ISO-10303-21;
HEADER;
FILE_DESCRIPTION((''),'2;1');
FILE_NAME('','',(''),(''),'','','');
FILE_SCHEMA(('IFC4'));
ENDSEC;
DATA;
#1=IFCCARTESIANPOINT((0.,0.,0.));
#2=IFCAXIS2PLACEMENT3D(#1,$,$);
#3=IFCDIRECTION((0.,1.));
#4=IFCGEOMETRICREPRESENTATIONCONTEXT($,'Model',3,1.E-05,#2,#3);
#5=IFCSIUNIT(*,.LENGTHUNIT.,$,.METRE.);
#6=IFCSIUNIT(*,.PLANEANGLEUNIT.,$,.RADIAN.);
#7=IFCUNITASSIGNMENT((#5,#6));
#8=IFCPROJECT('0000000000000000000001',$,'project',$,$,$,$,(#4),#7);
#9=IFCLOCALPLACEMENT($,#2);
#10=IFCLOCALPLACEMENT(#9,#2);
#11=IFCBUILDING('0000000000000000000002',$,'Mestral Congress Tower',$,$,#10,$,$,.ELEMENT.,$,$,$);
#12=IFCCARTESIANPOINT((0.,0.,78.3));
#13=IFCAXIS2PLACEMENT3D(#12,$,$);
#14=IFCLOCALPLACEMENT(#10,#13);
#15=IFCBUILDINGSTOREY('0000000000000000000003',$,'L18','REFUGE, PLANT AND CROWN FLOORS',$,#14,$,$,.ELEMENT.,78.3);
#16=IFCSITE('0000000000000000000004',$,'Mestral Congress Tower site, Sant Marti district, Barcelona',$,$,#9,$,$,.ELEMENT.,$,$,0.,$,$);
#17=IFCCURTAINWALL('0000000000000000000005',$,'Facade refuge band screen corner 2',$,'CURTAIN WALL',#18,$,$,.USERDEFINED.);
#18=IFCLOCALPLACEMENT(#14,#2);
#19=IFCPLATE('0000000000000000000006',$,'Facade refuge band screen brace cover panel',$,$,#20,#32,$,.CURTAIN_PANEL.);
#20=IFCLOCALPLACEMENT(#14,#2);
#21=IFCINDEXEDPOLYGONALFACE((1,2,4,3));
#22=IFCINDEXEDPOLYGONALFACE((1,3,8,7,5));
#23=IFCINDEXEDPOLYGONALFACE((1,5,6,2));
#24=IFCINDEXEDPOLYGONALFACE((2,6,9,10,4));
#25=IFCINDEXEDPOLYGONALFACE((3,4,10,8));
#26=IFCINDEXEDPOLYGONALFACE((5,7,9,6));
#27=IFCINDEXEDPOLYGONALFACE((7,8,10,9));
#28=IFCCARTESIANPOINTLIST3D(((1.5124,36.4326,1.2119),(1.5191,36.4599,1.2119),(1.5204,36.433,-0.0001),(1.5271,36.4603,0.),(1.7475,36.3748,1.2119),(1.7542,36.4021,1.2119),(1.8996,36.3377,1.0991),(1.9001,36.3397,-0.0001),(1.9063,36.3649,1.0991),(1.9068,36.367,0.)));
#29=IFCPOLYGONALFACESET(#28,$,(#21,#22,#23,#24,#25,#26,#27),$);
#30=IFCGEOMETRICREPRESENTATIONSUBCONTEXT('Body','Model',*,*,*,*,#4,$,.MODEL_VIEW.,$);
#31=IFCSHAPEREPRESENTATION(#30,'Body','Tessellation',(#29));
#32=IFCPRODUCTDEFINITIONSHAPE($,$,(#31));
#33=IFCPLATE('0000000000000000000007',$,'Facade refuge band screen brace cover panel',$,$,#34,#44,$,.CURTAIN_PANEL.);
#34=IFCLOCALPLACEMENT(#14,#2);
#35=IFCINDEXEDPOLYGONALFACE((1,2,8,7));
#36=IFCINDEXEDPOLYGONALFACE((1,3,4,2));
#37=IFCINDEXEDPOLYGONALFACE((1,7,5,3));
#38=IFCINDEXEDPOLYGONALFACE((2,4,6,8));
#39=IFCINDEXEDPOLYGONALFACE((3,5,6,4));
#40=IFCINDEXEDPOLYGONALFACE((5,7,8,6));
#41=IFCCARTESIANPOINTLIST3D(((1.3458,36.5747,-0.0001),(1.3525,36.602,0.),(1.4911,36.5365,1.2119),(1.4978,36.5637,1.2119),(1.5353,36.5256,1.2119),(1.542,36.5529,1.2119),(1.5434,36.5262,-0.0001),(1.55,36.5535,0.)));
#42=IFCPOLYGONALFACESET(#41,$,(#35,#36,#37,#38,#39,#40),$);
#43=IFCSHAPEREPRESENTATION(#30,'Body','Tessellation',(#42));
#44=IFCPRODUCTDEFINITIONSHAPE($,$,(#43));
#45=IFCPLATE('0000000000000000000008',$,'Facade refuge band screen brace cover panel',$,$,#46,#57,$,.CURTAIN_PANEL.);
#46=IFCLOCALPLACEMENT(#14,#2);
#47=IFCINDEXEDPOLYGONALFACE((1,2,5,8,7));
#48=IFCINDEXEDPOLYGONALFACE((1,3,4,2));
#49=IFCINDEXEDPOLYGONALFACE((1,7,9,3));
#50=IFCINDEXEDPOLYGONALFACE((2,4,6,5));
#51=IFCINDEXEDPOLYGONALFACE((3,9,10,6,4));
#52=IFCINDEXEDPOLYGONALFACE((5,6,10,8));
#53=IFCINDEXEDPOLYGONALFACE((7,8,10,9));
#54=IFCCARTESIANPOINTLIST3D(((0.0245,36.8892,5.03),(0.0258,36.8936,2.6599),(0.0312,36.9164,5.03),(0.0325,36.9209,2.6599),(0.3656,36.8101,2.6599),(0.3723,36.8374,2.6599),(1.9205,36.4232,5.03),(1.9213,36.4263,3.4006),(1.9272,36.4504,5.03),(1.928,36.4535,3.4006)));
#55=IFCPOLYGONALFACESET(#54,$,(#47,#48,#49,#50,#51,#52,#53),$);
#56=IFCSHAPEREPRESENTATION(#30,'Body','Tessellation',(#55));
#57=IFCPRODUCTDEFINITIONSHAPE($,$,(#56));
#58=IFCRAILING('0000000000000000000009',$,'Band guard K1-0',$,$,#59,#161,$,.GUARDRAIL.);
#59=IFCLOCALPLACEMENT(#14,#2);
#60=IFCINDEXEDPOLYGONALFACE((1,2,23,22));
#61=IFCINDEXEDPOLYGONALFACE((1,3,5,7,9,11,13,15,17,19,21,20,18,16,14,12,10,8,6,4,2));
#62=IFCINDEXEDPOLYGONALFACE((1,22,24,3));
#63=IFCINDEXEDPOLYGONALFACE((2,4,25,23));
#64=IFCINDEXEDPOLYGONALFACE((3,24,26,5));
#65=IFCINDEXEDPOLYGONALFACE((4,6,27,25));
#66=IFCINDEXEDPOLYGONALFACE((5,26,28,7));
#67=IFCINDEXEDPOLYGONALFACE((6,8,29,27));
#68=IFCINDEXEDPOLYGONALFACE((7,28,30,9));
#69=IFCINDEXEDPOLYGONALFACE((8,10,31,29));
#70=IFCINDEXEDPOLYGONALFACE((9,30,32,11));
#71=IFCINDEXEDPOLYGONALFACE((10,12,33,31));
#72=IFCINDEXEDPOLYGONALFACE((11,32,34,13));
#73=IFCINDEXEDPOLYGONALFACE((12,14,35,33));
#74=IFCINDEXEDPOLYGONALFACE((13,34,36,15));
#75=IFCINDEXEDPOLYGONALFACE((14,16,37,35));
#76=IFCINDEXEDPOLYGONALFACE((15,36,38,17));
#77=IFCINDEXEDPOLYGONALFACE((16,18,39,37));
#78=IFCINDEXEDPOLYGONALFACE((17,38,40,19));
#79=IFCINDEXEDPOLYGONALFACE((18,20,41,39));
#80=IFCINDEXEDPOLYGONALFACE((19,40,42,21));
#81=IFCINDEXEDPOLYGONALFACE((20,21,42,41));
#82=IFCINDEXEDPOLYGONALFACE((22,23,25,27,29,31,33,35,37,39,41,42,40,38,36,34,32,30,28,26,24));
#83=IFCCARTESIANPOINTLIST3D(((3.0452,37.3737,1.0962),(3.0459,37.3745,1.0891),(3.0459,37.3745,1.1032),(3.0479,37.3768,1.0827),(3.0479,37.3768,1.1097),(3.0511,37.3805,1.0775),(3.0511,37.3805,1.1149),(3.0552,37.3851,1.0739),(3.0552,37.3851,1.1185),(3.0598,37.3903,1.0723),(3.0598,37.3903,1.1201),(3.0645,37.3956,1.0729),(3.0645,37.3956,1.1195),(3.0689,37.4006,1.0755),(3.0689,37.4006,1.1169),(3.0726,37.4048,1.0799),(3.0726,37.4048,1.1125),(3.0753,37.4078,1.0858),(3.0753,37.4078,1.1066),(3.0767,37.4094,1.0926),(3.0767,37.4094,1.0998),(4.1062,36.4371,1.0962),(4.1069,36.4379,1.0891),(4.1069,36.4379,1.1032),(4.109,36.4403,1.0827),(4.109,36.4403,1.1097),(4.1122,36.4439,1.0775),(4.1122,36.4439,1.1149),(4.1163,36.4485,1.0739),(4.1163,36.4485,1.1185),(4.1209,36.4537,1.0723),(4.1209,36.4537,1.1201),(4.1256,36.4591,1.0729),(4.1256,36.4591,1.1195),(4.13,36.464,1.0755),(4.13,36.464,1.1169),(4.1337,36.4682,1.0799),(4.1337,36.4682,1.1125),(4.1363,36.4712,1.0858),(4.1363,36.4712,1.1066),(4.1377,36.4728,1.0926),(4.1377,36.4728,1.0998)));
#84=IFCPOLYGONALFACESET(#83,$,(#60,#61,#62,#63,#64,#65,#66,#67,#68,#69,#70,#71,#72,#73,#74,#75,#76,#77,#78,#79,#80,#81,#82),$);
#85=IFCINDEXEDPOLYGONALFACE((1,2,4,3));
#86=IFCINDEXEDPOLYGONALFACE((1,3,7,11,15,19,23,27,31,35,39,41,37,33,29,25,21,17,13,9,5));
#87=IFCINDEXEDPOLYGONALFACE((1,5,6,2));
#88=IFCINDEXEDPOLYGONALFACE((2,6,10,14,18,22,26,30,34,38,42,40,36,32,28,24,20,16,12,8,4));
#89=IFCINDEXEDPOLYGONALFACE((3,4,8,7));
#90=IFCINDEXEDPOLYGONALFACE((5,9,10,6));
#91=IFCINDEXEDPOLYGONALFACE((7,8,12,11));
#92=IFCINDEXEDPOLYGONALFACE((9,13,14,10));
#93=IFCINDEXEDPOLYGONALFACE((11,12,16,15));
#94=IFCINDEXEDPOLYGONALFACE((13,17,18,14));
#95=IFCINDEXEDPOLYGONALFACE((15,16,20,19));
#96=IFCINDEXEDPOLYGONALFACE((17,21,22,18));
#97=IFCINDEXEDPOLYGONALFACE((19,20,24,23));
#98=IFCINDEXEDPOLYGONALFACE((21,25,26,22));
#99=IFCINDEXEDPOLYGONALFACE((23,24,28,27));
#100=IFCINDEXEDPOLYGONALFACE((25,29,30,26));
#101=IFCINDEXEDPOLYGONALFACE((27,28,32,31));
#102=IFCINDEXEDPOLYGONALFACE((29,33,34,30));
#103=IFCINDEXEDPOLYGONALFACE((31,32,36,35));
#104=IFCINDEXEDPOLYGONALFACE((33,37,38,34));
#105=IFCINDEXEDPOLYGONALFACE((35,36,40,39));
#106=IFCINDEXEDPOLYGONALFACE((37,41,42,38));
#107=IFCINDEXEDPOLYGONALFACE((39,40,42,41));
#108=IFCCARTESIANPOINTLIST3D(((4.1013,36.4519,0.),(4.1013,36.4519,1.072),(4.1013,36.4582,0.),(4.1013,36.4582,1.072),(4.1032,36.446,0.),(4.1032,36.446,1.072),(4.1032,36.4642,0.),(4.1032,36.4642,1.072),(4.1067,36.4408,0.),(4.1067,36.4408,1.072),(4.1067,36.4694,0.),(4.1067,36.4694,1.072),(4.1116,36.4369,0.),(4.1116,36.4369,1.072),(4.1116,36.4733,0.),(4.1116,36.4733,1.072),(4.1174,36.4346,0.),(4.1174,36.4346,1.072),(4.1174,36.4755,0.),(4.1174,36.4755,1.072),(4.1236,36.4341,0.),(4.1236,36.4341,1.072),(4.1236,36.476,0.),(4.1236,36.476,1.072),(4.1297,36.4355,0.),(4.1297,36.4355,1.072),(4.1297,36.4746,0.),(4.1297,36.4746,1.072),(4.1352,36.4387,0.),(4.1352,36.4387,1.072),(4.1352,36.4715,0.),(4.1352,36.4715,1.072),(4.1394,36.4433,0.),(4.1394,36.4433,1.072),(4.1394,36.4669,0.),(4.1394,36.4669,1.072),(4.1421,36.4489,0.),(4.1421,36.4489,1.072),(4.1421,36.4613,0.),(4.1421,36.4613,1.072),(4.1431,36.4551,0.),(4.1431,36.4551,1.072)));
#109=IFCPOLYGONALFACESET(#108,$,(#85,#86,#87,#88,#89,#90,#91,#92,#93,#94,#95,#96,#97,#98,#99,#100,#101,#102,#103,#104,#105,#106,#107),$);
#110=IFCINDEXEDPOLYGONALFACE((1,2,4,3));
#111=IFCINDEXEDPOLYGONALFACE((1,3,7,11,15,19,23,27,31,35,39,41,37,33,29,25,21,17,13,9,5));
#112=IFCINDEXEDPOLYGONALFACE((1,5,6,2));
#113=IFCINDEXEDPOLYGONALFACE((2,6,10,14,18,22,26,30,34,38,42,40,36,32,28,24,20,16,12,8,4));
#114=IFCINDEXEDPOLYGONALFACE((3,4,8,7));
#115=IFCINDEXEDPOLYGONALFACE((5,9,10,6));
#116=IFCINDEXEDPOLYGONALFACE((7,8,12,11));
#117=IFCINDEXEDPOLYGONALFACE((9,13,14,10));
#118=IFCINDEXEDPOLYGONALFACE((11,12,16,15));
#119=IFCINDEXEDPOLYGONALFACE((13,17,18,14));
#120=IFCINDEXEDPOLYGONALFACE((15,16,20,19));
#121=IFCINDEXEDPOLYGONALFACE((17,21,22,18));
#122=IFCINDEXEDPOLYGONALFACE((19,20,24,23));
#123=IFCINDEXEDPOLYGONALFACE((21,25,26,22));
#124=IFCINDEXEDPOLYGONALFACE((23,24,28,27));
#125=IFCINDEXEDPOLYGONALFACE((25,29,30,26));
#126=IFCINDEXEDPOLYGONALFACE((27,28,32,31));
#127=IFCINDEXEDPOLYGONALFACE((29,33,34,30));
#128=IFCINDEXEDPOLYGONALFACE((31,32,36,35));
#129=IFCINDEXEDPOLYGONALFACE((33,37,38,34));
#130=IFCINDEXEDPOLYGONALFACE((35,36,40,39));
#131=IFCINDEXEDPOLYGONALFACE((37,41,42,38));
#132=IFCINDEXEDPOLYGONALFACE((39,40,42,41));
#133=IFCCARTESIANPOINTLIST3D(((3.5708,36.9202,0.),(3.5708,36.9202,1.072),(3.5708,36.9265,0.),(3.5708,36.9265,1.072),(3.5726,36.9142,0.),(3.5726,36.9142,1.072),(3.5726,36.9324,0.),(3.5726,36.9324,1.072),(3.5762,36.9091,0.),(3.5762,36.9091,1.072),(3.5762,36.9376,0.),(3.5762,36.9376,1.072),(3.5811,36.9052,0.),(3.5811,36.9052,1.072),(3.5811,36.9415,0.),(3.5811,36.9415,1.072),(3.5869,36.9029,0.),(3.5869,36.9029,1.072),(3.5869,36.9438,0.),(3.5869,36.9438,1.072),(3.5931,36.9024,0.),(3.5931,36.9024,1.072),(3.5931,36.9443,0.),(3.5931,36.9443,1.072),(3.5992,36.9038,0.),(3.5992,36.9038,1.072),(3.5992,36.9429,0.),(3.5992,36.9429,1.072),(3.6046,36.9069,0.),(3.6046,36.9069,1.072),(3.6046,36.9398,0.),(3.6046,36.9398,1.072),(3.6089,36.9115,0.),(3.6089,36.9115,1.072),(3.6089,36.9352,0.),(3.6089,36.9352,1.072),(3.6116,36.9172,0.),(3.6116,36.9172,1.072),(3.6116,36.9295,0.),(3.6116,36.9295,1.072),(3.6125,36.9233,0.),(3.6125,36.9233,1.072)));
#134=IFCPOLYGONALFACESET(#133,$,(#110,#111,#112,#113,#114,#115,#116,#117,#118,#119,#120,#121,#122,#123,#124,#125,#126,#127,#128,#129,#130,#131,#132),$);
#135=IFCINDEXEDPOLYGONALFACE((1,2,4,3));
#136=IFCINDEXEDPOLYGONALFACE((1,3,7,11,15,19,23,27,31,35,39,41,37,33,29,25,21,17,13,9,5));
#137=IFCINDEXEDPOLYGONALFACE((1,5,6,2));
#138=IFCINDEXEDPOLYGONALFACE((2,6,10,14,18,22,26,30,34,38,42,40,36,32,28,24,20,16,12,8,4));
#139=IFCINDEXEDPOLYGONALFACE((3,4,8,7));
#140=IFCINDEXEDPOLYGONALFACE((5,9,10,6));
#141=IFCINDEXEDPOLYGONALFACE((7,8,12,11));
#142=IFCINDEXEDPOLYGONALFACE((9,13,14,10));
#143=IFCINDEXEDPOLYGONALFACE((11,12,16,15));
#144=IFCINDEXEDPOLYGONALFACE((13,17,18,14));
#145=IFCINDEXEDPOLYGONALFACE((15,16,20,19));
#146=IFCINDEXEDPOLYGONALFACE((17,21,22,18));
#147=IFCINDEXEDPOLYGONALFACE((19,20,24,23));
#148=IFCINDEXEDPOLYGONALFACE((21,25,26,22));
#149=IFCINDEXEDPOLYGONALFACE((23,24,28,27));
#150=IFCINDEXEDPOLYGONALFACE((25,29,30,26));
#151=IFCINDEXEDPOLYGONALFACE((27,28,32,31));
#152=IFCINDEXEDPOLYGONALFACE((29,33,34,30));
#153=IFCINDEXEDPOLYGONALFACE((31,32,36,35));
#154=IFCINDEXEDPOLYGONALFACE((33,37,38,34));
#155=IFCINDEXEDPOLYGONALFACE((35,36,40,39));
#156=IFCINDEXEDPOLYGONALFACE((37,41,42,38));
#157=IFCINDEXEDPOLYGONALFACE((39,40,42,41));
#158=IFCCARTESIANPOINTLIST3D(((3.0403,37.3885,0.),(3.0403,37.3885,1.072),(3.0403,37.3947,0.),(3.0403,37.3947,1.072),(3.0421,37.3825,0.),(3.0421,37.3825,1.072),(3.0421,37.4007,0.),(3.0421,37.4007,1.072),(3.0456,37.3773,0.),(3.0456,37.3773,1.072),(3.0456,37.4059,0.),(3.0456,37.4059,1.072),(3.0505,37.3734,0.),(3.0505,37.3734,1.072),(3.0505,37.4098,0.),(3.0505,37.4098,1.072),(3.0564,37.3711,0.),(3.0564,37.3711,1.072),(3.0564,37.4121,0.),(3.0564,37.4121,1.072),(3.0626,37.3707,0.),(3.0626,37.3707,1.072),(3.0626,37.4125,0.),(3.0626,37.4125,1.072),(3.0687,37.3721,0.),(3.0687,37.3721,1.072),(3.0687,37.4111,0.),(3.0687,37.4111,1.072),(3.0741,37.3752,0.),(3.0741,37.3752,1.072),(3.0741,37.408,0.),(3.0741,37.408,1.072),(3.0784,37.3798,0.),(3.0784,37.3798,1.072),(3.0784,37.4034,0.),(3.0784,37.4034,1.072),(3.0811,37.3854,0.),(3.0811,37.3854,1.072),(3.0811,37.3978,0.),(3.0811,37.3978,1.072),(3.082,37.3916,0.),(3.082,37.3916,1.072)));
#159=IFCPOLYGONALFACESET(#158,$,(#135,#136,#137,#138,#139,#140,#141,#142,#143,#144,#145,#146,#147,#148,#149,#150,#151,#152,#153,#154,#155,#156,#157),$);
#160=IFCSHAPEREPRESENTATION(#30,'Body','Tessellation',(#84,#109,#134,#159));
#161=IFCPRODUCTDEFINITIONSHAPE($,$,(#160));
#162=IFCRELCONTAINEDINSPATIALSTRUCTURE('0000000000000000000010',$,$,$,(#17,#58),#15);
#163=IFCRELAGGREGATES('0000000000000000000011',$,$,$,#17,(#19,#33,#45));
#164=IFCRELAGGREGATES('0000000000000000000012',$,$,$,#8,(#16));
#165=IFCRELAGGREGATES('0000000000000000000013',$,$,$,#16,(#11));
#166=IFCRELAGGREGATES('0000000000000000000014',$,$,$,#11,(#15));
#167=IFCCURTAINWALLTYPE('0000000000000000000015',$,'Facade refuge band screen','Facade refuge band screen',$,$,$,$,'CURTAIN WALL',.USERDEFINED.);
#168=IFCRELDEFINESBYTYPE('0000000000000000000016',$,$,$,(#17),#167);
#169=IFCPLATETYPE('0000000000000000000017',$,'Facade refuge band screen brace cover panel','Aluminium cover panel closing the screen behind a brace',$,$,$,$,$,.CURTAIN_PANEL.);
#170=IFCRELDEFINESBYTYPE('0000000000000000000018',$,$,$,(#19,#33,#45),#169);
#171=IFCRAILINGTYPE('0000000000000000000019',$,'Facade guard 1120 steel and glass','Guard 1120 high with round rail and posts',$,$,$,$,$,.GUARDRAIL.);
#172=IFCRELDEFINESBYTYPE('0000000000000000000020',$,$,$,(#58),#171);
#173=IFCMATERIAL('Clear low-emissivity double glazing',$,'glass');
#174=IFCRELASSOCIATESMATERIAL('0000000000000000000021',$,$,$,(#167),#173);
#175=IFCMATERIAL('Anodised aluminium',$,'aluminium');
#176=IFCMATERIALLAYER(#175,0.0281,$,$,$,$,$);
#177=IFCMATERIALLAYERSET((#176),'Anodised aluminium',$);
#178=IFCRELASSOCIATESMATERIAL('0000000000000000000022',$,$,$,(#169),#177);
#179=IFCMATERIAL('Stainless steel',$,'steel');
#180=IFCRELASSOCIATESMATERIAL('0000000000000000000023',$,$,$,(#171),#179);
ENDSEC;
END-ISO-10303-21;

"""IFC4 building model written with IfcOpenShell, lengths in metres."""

from ifc_helpers import new_model, si_unit, direction, frame, origin, origin_2d, place, context, subcontext, project, spatial, polyline, circle, outline, extrude, material, layer, layer_set, type_object, element, aggregate, save


model = new_model("IFC4")

# Units and contexts
model_context = context("Model", 3, precision=1e-05, world=origin(), true_north=direction((0.0, 1.0)))
body_context = subcontext(model_context, "Body", "Model", "MODEL_VIEW")
ifc_project = project(units=[si_unit("LENGTHUNIT", "METRE"), si_unit("PLANEANGLEUNIT", "RADIAN")], contexts=[model_context])

# Site, building, storey
site_placement = place(None, origin())
site = spatial("IfcSite", under=ifc_project, at=site_placement, Name="Mestral Congress Tower site, Sant Marti district, Barcelona", CompositionType="ELEMENT", RefElevation=0.0)
building_placement = place(site_placement, origin())
building = spatial("IfcBuilding", under=site, at=building_placement, Name="Mestral Congress Tower", CompositionType="ELEMENT")
storey_placement = place(building_placement, frame((0.0, 0.0, 78.3)))
storey = spatial("IfcBuildingStorey", under=building, at=storey_placement, Name="L18", Description="REFUGE, PLANT AND CROWN FLOORS", CompositionType="ELEMENT", Elevation=78.3)

# Curtain wall
ifc_material_1 = material(Name="Clear low-emissivity double glazing", Category="glass")
curtain_wall_type = type_object("IfcCurtainWallType", Name="Facade refuge band screen", Description="Facade refuge band screen", ElementType="CURTAIN WALL", PredefinedType="USERDEFINED", material=ifc_material_1)
placement = place(storey_placement, origin())
curtain_wall_1 = element("IfcCurtainWall", 1, at=placement, inside=storey, type_object=curtain_wall_type, Name="Facade refuge band screen corner 2", ObjectType="CURTAIN WALL", PredefinedType="USERDEFINED")
ifc_material_2 = material(Name="Anodised aluminium", Category="aluminium")

# Shared definitions
ifc_layer_1 = layer(ifc_material_2, 0.0281)
ifc_layer_set_1 = layer_set([ifc_layer_1], Name="Anodised aluminium")
plate_type_1 = type_object("IfcPlateType", Name="Facade refuge band screen brace cover panel", Description="Aluminium cover panel closing the screen behind a brace", PredefinedType="CURTAIN_PANEL", material=ifc_layer_set_1)

# Plates
plate_1_placement = place(storey_placement, frame((1.7542, 36.4021, 1.2119), z_axis=(0.238646, 0.971105, 0.001933), x_axis=(-0.971106, 0.238647, 0.000001)))
plate_1 = element("IfcPlate", 2, at=plate_1_placement, type_object=plate_type_1, Name="Facade refuge band screen brace cover panel", PredefinedType="CURTAIN_PANEL", context=body_context, shape_type="SweptSolid", body=[
    extrude(outline(polyline([(0.0, 0.0), (0.2421, 0.0), (0.2344, -1.2119), (-0.1566, -1.2119), (-0.1566, -0.1128), (0.0, 0.0)])), origin(), (0.0, 0.0, -1.0), 0.0281),
])
plate_2_placement = place(storey_placement, frame((1.55, 36.5535, 0.0), z_axis=(0.238378, 0.97117, 0.00206), x_axis=(-0.006668, -0.000484, 0.999978)))
plate_2 = element("IfcPlate", 3, at=plate_2_placement, type_object=plate_type_1, Name="Facade refuge band screen brace cover panel", PredefinedType="CURTAIN_PANEL", context=body_context, shape_type="SweptSolid", body=[
    extrude(outline(polyline([(0.0, 0.0), (1.2119, 0.0), (1.2122, -0.0455), (0.0013, -0.2034), (0.0, 0.0)])), origin(), (0.0, 0.0, -1.0), 0.0281),
])
plate_3_placement = place(storey_placement, frame((0.0325, 36.9209, 2.6599), z_axis=(0.23867, 0.971099, 0.001958), x_axis=(0.971101, -0.23867, 0.0)))
plate_3 = element("IfcPlate", 4, at=plate_3_placement, type_object=plate_type_1, Name="Facade refuge band screen brace cover panel", PredefinedType="CURTAIN_PANEL", context=body_context, shape_type="SweptSolid", body=[
    extrude(outline(polyline([(0.0, 0.0), (0.35, 0.0), (1.9523, -0.7407), (1.9523, -2.3701), (-0.0001, -2.3701), (0.0, 0.0)])), origin(), (0.0, 0.0, -1.0), 0.0281),
])

# Railing
ifc_material_3 = material(Name="Stainless steel", Category="steel")
railing_type = type_object("IfcRailingType", Name="Facade guard 1120 steel and glass", Description="Guard 1120 high with round rail and posts", PredefinedType="GUARDRAIL", material=ifc_material_3)
railing_1_placement = place(storey_placement, frame((4.1221, 36.4551, 0.0)))
element("IfcRailing", 5, at=railing_1_placement, inside=storey, type_object=railing_type, Name="Band guard K1-0", PredefinedType="GUARDRAIL", context=body_context, shape_type="SweptSolid", body=[
    extrude(circle(Radius=0.0239, at=origin_2d()), frame((0.0, 0.0, 1.0962), z_axis=(-0.749727, 0.661747, 0.0), x_axis=(-0.661747, -0.749727, 0.0)), (0.0, 0.0, 1.0), 1.4153),
    extrude(circle(Radius=0.021, at=origin_2d()), origin(), (0.0, 0.0, 1.0), 1.072),
    extrude(circle(Radius=0.021, at=origin_2d()), frame((-0.5305, 0.4683, 0.0)), (0.0, 0.0, 1.0), 1.072),
    extrude(circle(Radius=0.021, at=origin_2d()), frame((-1.061, 0.9365, 0.0)), (0.0, 0.0, 1.0), 1.072),
])

aggregate(curtain_wall_1, [plate_1, plate_2, plate_3])

save(model, "model.ifc")
